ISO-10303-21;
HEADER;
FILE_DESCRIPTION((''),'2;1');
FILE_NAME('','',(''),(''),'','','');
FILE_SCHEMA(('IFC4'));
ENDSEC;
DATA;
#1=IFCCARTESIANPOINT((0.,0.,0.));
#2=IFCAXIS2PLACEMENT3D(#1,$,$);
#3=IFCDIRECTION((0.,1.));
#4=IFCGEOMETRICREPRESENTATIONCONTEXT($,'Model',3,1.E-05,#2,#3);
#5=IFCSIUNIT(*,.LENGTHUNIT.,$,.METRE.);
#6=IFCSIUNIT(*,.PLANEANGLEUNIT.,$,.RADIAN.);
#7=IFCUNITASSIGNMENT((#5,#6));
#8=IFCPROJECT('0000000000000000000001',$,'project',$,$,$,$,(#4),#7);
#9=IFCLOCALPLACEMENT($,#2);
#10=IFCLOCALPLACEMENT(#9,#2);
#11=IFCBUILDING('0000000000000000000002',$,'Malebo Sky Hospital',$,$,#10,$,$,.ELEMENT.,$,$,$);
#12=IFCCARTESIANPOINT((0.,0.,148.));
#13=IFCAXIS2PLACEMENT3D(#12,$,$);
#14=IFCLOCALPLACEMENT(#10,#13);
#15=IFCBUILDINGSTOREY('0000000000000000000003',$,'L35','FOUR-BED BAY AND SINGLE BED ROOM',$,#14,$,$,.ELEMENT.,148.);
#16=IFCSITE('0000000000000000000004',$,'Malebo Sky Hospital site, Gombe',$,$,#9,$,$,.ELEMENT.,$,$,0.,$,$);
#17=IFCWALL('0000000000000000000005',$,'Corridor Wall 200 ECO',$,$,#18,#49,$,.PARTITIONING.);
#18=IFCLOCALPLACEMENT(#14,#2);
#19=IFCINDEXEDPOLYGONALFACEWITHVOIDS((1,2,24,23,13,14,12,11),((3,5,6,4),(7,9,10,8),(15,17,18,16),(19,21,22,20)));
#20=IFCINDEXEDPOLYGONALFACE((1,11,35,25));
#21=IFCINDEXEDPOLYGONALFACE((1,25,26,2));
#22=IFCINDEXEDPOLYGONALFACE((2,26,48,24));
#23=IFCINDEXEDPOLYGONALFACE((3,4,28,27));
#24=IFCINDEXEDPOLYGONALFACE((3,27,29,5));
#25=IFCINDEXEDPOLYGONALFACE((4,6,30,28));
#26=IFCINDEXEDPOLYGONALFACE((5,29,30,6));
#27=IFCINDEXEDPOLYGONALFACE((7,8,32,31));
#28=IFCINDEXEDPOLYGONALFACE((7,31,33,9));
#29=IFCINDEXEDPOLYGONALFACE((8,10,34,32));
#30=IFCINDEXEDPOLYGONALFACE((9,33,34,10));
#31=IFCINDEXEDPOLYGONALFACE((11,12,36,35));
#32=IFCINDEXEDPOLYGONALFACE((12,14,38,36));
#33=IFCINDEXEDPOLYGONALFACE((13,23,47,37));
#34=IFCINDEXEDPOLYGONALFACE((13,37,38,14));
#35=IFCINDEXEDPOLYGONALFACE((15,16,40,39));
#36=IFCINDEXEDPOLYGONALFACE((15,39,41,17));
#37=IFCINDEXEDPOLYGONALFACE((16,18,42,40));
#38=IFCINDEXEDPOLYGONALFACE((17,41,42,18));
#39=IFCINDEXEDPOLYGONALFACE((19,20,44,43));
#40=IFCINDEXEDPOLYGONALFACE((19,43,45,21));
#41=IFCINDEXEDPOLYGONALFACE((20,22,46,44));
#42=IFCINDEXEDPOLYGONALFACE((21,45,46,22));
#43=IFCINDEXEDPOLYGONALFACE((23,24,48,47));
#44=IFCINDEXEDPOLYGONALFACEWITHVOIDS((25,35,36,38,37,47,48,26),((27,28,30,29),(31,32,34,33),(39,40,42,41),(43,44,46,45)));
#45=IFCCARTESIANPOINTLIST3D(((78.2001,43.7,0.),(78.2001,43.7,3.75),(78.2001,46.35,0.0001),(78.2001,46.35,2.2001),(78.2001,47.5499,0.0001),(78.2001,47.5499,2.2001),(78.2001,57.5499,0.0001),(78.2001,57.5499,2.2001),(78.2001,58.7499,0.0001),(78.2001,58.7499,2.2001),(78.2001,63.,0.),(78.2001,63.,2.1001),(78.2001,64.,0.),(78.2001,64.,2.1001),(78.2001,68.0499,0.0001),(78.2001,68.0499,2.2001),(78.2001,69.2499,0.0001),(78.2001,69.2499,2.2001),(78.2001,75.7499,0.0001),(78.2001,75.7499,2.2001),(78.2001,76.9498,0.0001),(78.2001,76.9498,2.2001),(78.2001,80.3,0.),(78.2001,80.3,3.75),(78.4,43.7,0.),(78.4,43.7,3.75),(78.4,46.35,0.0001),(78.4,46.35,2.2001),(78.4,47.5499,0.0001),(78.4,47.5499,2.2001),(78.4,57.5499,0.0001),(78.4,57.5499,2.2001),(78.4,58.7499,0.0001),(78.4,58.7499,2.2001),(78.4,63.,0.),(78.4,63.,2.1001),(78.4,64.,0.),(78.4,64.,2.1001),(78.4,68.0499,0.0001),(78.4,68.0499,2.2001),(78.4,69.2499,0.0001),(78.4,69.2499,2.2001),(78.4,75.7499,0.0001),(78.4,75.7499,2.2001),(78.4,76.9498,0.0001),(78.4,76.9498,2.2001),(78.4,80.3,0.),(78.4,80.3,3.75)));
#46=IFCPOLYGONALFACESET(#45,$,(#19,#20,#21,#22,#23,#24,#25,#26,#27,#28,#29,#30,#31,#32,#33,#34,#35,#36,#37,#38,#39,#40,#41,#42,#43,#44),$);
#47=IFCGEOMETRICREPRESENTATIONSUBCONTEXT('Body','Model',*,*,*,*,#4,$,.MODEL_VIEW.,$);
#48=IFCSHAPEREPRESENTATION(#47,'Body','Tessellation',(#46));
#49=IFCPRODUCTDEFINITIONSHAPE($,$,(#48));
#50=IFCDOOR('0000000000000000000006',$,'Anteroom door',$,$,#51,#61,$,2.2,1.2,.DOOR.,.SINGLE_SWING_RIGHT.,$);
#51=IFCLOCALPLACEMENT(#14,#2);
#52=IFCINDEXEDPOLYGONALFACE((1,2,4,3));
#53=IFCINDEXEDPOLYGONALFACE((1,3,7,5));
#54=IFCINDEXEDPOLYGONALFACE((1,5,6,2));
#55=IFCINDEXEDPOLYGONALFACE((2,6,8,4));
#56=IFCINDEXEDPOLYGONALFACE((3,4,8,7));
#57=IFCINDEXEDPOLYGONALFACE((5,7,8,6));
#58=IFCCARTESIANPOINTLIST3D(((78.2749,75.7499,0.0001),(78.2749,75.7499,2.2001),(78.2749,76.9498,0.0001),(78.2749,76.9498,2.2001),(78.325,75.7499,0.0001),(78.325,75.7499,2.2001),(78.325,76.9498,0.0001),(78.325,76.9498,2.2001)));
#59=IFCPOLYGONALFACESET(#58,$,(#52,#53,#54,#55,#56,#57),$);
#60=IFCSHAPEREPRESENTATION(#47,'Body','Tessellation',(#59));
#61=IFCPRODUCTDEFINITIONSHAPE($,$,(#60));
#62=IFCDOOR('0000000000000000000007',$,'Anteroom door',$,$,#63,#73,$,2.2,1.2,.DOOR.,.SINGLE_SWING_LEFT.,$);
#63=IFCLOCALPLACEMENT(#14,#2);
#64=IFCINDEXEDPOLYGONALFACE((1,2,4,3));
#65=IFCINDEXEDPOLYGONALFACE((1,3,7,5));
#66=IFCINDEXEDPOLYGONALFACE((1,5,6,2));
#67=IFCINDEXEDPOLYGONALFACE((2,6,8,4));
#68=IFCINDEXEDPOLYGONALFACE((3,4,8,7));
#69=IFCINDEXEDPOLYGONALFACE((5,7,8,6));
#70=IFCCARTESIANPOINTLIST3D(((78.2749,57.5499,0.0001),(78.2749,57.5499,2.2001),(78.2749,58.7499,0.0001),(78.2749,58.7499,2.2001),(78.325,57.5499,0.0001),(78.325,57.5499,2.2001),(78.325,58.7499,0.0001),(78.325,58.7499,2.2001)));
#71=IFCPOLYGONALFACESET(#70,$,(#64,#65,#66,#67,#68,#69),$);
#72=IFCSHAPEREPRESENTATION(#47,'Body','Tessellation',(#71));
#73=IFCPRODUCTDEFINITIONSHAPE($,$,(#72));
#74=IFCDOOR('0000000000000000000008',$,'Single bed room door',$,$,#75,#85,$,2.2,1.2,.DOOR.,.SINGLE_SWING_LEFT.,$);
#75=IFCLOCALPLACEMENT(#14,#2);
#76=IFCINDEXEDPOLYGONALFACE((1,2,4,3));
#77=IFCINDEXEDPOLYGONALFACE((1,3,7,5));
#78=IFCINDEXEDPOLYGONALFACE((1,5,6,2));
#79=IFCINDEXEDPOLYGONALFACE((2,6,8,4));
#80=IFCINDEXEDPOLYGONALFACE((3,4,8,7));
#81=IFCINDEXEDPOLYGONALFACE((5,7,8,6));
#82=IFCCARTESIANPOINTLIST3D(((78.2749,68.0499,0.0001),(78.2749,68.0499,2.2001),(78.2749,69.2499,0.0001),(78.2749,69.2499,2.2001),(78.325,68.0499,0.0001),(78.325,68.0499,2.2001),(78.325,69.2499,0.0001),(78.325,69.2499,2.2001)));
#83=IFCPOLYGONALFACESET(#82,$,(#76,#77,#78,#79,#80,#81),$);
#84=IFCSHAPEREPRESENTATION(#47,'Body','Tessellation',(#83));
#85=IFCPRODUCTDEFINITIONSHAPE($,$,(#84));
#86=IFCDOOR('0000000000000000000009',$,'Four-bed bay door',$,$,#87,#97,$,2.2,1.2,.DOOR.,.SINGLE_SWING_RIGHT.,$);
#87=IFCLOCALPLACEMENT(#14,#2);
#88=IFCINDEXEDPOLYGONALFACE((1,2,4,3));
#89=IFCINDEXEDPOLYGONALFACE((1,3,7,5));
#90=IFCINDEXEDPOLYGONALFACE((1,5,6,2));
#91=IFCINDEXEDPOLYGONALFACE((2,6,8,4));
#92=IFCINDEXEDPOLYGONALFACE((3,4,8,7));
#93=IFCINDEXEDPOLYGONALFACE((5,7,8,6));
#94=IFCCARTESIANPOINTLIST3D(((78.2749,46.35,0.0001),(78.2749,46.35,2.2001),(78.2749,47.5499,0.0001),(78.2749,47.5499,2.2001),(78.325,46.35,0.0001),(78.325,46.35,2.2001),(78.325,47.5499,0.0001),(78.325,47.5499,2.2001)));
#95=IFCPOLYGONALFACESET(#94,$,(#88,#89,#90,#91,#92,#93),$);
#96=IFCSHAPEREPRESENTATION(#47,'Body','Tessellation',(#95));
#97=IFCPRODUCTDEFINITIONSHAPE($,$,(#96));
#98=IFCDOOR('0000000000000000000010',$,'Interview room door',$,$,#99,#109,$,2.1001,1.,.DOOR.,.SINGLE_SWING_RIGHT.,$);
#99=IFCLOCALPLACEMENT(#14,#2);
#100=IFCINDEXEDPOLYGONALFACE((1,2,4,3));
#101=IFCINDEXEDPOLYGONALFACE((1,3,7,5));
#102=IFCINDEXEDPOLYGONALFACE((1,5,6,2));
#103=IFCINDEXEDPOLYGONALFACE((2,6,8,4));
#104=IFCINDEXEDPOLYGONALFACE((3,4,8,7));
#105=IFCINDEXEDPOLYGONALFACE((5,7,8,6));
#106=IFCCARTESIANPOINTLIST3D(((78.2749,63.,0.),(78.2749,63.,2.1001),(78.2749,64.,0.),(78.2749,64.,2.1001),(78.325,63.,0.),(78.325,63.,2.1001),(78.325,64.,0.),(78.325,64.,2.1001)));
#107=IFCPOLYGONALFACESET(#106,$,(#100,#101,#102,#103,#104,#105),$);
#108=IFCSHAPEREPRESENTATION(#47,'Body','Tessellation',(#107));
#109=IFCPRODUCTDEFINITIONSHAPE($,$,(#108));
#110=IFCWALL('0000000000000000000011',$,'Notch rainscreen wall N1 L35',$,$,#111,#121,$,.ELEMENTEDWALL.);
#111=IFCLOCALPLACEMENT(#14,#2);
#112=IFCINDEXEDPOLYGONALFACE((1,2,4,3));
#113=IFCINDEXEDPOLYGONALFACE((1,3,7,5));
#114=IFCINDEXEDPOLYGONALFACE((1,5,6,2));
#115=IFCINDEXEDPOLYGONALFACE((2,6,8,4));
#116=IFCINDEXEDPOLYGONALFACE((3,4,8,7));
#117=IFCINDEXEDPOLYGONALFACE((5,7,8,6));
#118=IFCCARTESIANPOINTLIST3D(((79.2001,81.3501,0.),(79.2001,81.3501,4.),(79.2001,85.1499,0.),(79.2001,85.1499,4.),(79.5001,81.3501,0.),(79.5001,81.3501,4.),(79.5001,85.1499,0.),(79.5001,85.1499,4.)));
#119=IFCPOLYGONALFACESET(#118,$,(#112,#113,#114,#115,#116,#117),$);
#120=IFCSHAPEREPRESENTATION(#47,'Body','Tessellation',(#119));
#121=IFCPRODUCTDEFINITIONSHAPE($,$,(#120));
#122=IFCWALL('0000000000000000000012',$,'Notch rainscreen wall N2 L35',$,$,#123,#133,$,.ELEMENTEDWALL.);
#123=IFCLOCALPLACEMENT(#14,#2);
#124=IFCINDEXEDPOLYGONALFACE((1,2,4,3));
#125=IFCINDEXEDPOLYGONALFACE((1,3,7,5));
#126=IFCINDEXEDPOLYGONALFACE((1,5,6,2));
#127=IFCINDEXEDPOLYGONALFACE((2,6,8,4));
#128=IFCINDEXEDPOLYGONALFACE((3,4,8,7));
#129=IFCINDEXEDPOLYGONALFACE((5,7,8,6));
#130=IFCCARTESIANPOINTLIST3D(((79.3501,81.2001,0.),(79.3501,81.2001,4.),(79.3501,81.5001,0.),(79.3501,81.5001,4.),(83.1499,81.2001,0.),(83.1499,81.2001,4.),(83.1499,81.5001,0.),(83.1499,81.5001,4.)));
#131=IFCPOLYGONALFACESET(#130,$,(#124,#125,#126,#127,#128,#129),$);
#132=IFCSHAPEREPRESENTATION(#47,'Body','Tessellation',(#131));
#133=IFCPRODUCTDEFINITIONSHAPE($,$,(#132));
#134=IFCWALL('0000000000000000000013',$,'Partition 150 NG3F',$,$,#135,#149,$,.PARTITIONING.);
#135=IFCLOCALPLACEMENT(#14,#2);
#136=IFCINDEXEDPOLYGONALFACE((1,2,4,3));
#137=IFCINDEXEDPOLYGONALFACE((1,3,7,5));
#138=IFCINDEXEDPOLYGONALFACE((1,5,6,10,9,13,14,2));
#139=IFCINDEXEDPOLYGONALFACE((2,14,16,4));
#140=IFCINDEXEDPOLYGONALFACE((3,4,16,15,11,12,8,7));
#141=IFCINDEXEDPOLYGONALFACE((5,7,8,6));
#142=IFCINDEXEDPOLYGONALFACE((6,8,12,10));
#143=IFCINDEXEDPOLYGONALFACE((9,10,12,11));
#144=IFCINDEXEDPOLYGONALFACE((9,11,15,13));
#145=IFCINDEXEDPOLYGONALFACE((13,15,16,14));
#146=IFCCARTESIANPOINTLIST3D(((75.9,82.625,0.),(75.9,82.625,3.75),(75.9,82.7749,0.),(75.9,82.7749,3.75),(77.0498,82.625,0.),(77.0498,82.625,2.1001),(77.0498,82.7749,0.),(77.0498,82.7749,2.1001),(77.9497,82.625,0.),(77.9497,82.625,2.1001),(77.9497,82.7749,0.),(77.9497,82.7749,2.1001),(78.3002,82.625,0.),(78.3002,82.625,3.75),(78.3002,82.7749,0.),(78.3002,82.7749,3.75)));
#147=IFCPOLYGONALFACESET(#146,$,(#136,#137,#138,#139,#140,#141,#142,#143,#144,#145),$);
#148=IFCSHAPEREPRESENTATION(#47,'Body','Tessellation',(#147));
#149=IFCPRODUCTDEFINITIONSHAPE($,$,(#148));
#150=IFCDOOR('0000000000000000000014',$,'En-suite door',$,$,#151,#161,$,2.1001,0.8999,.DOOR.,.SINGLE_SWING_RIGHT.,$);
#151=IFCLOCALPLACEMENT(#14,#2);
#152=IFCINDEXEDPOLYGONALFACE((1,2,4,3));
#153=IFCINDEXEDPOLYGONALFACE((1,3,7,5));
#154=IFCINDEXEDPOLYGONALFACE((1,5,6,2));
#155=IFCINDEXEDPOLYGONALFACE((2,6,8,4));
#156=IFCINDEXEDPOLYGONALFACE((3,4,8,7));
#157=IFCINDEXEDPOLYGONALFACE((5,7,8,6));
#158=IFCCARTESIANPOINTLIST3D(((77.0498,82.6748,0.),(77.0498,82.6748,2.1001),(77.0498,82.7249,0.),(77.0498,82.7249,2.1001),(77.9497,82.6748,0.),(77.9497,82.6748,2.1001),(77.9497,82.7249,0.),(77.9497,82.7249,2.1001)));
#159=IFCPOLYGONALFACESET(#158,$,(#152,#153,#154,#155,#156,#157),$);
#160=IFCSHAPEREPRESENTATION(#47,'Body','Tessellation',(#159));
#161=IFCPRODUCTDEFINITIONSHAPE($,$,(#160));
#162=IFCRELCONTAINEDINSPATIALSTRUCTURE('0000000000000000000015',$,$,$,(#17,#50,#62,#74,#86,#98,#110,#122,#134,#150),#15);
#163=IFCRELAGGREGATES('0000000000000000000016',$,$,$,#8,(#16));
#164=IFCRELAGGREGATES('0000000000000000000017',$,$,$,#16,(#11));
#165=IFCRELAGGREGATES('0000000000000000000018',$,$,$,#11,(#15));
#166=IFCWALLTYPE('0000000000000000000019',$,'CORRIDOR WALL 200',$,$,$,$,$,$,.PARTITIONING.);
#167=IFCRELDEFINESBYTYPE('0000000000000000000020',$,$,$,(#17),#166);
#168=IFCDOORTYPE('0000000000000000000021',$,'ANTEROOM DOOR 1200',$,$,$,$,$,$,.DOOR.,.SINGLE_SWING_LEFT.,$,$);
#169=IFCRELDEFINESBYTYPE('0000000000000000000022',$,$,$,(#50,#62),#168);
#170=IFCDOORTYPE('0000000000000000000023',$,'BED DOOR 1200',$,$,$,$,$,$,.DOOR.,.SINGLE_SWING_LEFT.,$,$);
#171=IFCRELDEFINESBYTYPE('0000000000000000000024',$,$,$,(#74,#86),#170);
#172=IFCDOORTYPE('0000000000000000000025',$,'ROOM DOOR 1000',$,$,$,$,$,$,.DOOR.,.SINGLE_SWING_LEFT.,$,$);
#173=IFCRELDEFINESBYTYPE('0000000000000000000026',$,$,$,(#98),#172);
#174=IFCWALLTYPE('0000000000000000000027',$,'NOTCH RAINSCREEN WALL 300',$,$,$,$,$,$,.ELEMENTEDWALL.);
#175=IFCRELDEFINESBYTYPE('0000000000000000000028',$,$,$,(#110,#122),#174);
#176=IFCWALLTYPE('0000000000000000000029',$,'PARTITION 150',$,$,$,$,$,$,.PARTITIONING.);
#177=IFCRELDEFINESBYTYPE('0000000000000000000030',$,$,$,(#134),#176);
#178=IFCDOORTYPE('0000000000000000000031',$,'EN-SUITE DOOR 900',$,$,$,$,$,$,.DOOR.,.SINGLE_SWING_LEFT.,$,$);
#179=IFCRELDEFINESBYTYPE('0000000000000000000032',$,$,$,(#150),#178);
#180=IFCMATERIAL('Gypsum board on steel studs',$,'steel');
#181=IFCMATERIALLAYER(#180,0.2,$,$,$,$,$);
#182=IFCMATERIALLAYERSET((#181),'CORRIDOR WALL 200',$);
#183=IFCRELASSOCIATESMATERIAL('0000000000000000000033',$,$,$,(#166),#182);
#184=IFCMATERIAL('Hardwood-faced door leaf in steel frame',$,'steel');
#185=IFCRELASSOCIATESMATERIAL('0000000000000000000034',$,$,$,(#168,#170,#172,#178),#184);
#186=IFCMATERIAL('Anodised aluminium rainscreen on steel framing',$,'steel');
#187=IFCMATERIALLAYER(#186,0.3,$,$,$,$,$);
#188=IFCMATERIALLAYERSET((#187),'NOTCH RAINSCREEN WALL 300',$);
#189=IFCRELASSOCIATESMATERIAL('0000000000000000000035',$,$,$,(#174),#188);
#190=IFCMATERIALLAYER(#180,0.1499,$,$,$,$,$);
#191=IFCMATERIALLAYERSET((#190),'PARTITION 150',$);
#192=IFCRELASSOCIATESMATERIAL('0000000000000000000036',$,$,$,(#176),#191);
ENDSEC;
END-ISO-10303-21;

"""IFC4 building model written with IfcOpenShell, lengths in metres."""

from ifc_helpers import new_model, si_unit, direction, frame, frame_2d, origin, place, context, subcontext, project, spatial, rectangle, extrude, material, layer, layer_set, type_object, element, fill, save


model = new_model("IFC4")

# Units and contexts
model_context = context("Model", 3, precision=1e-05, world=origin(), true_north=direction((0.0, 1.0)))
body_context = subcontext(model_context, "Body", "Model", "MODEL_VIEW")
ifc_project = project(units=[si_unit("LENGTHUNIT", "METRE"), si_unit("PLANEANGLEUNIT", "RADIAN")], contexts=[model_context])

# Site, building, storey
site_placement = place(None, origin())
site = spatial("IfcSite", under=ifc_project, at=site_placement, Name="Malebo Sky Hospital site, Gombe", CompositionType="ELEMENT", RefElevation=0.0)
building_placement = place(site_placement, origin())
building = spatial("IfcBuilding", under=site, at=building_placement, Name="Malebo Sky Hospital", CompositionType="ELEMENT")
storey_placement = place(building_placement, frame((0.0, 0.0, 148.0)))
storey = spatial("IfcBuildingStorey", under=building, at=storey_placement, Name="L35", Description="FOUR-BED BAY AND SINGLE BED ROOM", CompositionType="ELEMENT", Elevation=148.0)

# Wall, openings, doors
ifc_material_1 = material(Name="Gypsum board on steel studs", Category="steel")
ifc_layer_1 = layer(ifc_material_1, 0.2)
ifc_layer_set_1 = layer_set([ifc_layer_1], Name="CORRIDOR WALL 200")
wall_type_1 = type_object("IfcWallType", Name="CORRIDOR WALL 200", PredefinedType="PARTITIONING", material=ifc_layer_set_1)
wall_1_placement = place(storey_placement, frame((78.3, 80.3, 0.0), z_axis=(0.0, 0.0, 1.0), x_axis=(0.0, -1.0, 0.0)))
wall_1 = element("IfcWall", 1, at=wall_1_placement, inside=storey, type_object=wall_type_1, Name="Corridor Wall 200 ECO", PredefinedType="PARTITIONING", context=body_context, shape_type="SweptSolid", body=[
    extrude(rectangle(XDim=36.6001, YDim=0.2, at=frame_2d((18.3, 0.0))), origin(), (0.0, 0.0, 1.0), 3.75),
])
opening_1_placement = place(wall_1_placement, frame((3.3501, 0.0, 0.0)))
opening_1 = element("IfcOpeningElement", 2, at=opening_1_placement, cuts=wall_1, PredefinedType="OPENING", context=body_context, shape_type="SweptSolid", body=[
    extrude(rectangle(XDim=1.2, YDim=2.2, at=frame_2d((0.6001, 1.1001))), frame((0.0, 0.1099, 0.0), z_axis=(0.0, -1.0, 0.0), x_axis=(1.0, 0.0, 0.0)), (0.0, 0.0, 1.0), 0.22),
])
opening_2_placement = place(wall_1_placement, frame((11.05, 0.0, 0.0)))
opening_2 = element("IfcOpeningElement", 3, at=opening_2_placement, cuts=wall_1, PredefinedType="OPENING", context=body_context, shape_type="SweptSolid", body=[
    extrude(rectangle(XDim=1.2, YDim=2.2, at=frame_2d((0.6001, 1.1001))), frame((0.0, 0.1099, 0.0), z_axis=(0.0, -1.0, 0.0), x_axis=(1.0, 0.0, 0.0)), (0.0, 0.0, 1.0), 0.22),
])
opening_3_placement = place(wall_1_placement, frame((16.3, 0.0, 0.0)))
opening_3 = element("IfcOpeningElement", 4, at=opening_3_placement, cuts=wall_1, PredefinedType="OPENING", context=body_context, shape_type="SweptSolid", body=[
    extrude(rectangle(XDim=1.0, YDim=2.1001, at=frame_2d((0.5, 1.05))), frame((0.0, 0.1099, 0.0), z_axis=(0.0, -1.0, 0.0), x_axis=(1.0, 0.0, 0.0)), (0.0, 0.0, 1.0), 0.22),
])
opening_4_placement = place(wall_1_placement, frame((21.55, 0.0, 0.0)))
opening_4 = element("IfcOpeningElement", 5, at=opening_4_placement, cuts=wall_1, PredefinedType="OPENING", context=body_context, shape_type="SweptSolid", body=[
    extrude(rectangle(XDim=1.2, YDim=2.2, at=frame_2d((0.6001, 1.1001))), frame((0.0, 0.1099, 0.0), z_axis=(0.0, -1.0, 0.0), x_axis=(1.0, 0.0, 0.0)), (0.0, 0.0, 1.0), 0.22),
])
opening_5_placement = place(wall_1_placement, frame((32.75, 0.0, 0.0)))
opening_5 = element("IfcOpeningElement", 6, at=opening_5_placement, cuts=wall_1, PredefinedType="OPENING", context=body_context, shape_type="SweptSolid", body=[
    extrude(rectangle(XDim=1.2, YDim=2.2, at=frame_2d((0.6001, 1.1001))), frame((0.0, 0.1099, 0.0), z_axis=(0.0, -1.0, 0.0), x_axis=(1.0, 0.0, 0.0)), (0.0, 0.0, 1.0), 0.22),
])
ifc_material_2 = material(Name="Hardwood-faced door leaf in steel frame", Category="steel")
door_type_1 = type_object("IfcDoorType", Name="ANTEROOM DOOR 1200", OperationType="SINGLE_SWING_LEFT", PredefinedType="DOOR", material=ifc_material_2)
door_1_placement = place(opening_1_placement, origin())
door_1 = element("IfcDoor", 7, at=door_1_placement, inside=storey, type_object=door_type_1, Name="Anteroom door", OperationType="SINGLE_SWING_RIGHT", OverallHeight=2.2, OverallWidth=1.2, PredefinedType="DOOR", context=body_context, shape_type="SweptSolid", body=[
    extrude(rectangle(XDim=1.2, YDim=2.2, at=frame_2d((0.6001, 1.1001))), frame((0.0, 0.0249, 0.0), z_axis=(0.0, -1.0, 0.0), x_axis=(1.0, 0.0, 0.0)), (0.0, 0.0, 1.0), 0.05),
])
fill(opening_1, door_1)
door_2_placement = place(opening_4_placement, origin())
door_2 = element("IfcDoor", 8, at=door_2_placement, inside=storey, type_object=door_type_1, Name="Anteroom door", OperationType="SINGLE_SWING_LEFT", OverallHeight=2.2, OverallWidth=1.2, PredefinedType="DOOR", context=body_context, shape_type="SweptSolid", body=[
    extrude(rectangle(XDim=1.2, YDim=2.2, at=frame_2d((0.6001, 1.1001))), frame((0.0, 0.0249, 0.0), z_axis=(0.0, -1.0, 0.0), x_axis=(1.0, 0.0, 0.0)), (0.0, 0.0, 1.0), 0.05),
])
fill(opening_4, door_2)
door_type_2 = type_object("IfcDoorType", Name="BED DOOR 1200", OperationType="SINGLE_SWING_LEFT", PredefinedType="DOOR", material=ifc_material_2)
door_3_placement = place(opening_2_placement, origin())
door_3 = element("IfcDoor", 9, at=door_3_placement, inside=storey, type_object=door_type_2, Name="Single bed room door", OperationType="SINGLE_SWING_LEFT", OverallHeight=2.2, OverallWidth=1.2, PredefinedType="DOOR", context=body_context, shape_type="SweptSolid", body=[
    extrude(rectangle(XDim=1.2, YDim=2.2, at=frame_2d((0.6001, 1.1001))), frame((0.0, 0.0249, 0.0), z_axis=(0.0, -1.0, 0.0), x_axis=(1.0, 0.0, 0.0)), (0.0, 0.0, 1.0), 0.05),
])
fill(opening_2, door_3)
door_4_placement = place(opening_5_placement, origin())
door_4 = element("IfcDoor", 10, at=door_4_placement, inside=storey, type_object=door_type_2, Name="Four-bed bay door", OperationType="SINGLE_SWING_RIGHT", OverallHeight=2.2, OverallWidth=1.2, PredefinedType="DOOR", context=body_context, shape_type="SweptSolid", body=[
    extrude(rectangle(XDim=1.2, YDim=2.2, at=frame_2d((0.6001, 1.1001))), frame((0.0, 0.0249, 0.0), z_axis=(0.0, -1.0, 0.0), x_axis=(1.0, 0.0, 0.0)), (0.0, 0.0, 1.0), 0.05),
])
fill(opening_5, door_4)
door_type_3 = type_object("IfcDoorType", Name="ROOM DOOR 1000", OperationType="SINGLE_SWING_LEFT", PredefinedType="DOOR", material=ifc_material_2)
door_5_placement = place(opening_3_placement, origin())
door_5 = element("IfcDoor", 11, at=door_5_placement, inside=storey, type_object=door_type_3, Name="Interview room door", OperationType="SINGLE_SWING_RIGHT", OverallHeight=2.1001, OverallWidth=1.0, PredefinedType="DOOR", context=body_context, shape_type="SweptSolid", body=[
    extrude(rectangle(XDim=1.0, YDim=2.1001, at=frame_2d((0.5, 1.05))), frame((0.0, 0.0249, 0.0), z_axis=(0.0, -1.0, 0.0), x_axis=(1.0, 0.0, 0.0)), (0.0, 0.0, 1.0), 0.05),
])
fill(opening_3, door_5)

# Walls
ifc_material_3 = material(Name="Anodised aluminium rainscreen on steel framing", Category="steel")
ifc_layer_2 = layer(ifc_material_3, 0.3)
ifc_layer_set_2 = layer_set([ifc_layer_2], Name="NOTCH RAINSCREEN WALL 300")
wall_type_2 = type_object("IfcWallType", Name="NOTCH RAINSCREEN WALL 300", PredefinedType="ELEMENTEDWALL", material=ifc_layer_set_2)
for number, where, z_axis, x_axis, name in (
    (12, (79.3501, 85.1499, 0.0), (0.0, 0.0, 1.0), (0.0, -1.0, 0.0), "Notch rainscreen wall N1 L35"),
    (13, (79.3501, 81.3501, 0.0), (0.0, 0.0, 1.0), (1.0, 0.0, 0.0), "Notch rainscreen wall N2 L35"),
):
    element("IfcWall", number, at=place(storey_placement, frame(where, z_axis=z_axis, x_axis=x_axis)), inside=storey, type_object=wall_type_2, Name=name, PredefinedType="ELEMENTEDWALL", context=body_context, shape_type="SweptSolid", body=[
        extrude(rectangle(XDim=3.7998, YDim=0.3, at=frame_2d((1.8999, 0.0))), origin(), (0.0, 0.0, 1.0), 4.0),
    ])

# Wall, opening, door
ifc_layer_3 = layer(ifc_material_1, 0.1499)
ifc_layer_set_3 = layer_set([ifc_layer_3], Name="PARTITION 150")
wall_type_3 = type_object("IfcWallType", Name="PARTITION 150", PredefinedType="PARTITIONING", material=ifc_layer_set_3)
wall_2_placement = place(storey_placement, frame((75.8999, 82.7, 0.0), z_axis=(0.0, 0.0, 1.0), x_axis=(1.0, 0.0, 0.0)))
wall_2 = element("IfcWall", 14, at=wall_2_placement, inside=storey, type_object=wall_type_3, Name="Partition 150 NG3F", PredefinedType="PARTITIONING", context=body_context, shape_type="SweptSolid", body=[
    extrude(rectangle(XDim=2.4001, YDim=0.1499, at=frame_2d((1.2002, 0.0))), origin(), (0.0, 0.0, 1.0), 3.75),
])
opening_6_placement = place(wall_2_placement, frame((1.1499, 0.0, 0.0)))
opening_6 = element("IfcOpeningElement", 15, at=opening_6_placement, cuts=wall_2, PredefinedType="OPENING", context=body_context, shape_type="SweptSolid", body=[
    extrude(rectangle(XDim=0.8999, YDim=2.1001, at=frame_2d((0.45, 1.05))), frame((0.0, 0.085, 0.0), z_axis=(0.0, -1.0, 0.0), x_axis=(1.0, 0.0, 0.0)), (0.0, 0.0, 1.0), 0.1699),
])
door_type_4 = type_object("IfcDoorType", Name="EN-SUITE DOOR 900", OperationType="SINGLE_SWING_LEFT", PredefinedType="DOOR", material=ifc_material_2)
door_6_placement = place(opening_6_placement, origin())
door_6 = element("IfcDoor", 16, at=door_6_placement, inside=storey, type_object=door_type_4, Name="En-suite door", OperationType="SINGLE_SWING_RIGHT", OverallHeight=2.1001, OverallWidth=0.8999, PredefinedType="DOOR", context=body_context, shape_type="SweptSolid", body=[
    extrude(rectangle(XDim=0.8999, YDim=2.1001, at=frame_2d((0.45, 1.05))), frame((0.0, 0.0249, 0.0), z_axis=(0.0, -1.0, 0.0), x_axis=(1.0, 0.0, 0.0)), (0.0, 0.0, 1.0), 0.05),
])
fill(opening_6, door_6)

save(model, "model.ifc")
